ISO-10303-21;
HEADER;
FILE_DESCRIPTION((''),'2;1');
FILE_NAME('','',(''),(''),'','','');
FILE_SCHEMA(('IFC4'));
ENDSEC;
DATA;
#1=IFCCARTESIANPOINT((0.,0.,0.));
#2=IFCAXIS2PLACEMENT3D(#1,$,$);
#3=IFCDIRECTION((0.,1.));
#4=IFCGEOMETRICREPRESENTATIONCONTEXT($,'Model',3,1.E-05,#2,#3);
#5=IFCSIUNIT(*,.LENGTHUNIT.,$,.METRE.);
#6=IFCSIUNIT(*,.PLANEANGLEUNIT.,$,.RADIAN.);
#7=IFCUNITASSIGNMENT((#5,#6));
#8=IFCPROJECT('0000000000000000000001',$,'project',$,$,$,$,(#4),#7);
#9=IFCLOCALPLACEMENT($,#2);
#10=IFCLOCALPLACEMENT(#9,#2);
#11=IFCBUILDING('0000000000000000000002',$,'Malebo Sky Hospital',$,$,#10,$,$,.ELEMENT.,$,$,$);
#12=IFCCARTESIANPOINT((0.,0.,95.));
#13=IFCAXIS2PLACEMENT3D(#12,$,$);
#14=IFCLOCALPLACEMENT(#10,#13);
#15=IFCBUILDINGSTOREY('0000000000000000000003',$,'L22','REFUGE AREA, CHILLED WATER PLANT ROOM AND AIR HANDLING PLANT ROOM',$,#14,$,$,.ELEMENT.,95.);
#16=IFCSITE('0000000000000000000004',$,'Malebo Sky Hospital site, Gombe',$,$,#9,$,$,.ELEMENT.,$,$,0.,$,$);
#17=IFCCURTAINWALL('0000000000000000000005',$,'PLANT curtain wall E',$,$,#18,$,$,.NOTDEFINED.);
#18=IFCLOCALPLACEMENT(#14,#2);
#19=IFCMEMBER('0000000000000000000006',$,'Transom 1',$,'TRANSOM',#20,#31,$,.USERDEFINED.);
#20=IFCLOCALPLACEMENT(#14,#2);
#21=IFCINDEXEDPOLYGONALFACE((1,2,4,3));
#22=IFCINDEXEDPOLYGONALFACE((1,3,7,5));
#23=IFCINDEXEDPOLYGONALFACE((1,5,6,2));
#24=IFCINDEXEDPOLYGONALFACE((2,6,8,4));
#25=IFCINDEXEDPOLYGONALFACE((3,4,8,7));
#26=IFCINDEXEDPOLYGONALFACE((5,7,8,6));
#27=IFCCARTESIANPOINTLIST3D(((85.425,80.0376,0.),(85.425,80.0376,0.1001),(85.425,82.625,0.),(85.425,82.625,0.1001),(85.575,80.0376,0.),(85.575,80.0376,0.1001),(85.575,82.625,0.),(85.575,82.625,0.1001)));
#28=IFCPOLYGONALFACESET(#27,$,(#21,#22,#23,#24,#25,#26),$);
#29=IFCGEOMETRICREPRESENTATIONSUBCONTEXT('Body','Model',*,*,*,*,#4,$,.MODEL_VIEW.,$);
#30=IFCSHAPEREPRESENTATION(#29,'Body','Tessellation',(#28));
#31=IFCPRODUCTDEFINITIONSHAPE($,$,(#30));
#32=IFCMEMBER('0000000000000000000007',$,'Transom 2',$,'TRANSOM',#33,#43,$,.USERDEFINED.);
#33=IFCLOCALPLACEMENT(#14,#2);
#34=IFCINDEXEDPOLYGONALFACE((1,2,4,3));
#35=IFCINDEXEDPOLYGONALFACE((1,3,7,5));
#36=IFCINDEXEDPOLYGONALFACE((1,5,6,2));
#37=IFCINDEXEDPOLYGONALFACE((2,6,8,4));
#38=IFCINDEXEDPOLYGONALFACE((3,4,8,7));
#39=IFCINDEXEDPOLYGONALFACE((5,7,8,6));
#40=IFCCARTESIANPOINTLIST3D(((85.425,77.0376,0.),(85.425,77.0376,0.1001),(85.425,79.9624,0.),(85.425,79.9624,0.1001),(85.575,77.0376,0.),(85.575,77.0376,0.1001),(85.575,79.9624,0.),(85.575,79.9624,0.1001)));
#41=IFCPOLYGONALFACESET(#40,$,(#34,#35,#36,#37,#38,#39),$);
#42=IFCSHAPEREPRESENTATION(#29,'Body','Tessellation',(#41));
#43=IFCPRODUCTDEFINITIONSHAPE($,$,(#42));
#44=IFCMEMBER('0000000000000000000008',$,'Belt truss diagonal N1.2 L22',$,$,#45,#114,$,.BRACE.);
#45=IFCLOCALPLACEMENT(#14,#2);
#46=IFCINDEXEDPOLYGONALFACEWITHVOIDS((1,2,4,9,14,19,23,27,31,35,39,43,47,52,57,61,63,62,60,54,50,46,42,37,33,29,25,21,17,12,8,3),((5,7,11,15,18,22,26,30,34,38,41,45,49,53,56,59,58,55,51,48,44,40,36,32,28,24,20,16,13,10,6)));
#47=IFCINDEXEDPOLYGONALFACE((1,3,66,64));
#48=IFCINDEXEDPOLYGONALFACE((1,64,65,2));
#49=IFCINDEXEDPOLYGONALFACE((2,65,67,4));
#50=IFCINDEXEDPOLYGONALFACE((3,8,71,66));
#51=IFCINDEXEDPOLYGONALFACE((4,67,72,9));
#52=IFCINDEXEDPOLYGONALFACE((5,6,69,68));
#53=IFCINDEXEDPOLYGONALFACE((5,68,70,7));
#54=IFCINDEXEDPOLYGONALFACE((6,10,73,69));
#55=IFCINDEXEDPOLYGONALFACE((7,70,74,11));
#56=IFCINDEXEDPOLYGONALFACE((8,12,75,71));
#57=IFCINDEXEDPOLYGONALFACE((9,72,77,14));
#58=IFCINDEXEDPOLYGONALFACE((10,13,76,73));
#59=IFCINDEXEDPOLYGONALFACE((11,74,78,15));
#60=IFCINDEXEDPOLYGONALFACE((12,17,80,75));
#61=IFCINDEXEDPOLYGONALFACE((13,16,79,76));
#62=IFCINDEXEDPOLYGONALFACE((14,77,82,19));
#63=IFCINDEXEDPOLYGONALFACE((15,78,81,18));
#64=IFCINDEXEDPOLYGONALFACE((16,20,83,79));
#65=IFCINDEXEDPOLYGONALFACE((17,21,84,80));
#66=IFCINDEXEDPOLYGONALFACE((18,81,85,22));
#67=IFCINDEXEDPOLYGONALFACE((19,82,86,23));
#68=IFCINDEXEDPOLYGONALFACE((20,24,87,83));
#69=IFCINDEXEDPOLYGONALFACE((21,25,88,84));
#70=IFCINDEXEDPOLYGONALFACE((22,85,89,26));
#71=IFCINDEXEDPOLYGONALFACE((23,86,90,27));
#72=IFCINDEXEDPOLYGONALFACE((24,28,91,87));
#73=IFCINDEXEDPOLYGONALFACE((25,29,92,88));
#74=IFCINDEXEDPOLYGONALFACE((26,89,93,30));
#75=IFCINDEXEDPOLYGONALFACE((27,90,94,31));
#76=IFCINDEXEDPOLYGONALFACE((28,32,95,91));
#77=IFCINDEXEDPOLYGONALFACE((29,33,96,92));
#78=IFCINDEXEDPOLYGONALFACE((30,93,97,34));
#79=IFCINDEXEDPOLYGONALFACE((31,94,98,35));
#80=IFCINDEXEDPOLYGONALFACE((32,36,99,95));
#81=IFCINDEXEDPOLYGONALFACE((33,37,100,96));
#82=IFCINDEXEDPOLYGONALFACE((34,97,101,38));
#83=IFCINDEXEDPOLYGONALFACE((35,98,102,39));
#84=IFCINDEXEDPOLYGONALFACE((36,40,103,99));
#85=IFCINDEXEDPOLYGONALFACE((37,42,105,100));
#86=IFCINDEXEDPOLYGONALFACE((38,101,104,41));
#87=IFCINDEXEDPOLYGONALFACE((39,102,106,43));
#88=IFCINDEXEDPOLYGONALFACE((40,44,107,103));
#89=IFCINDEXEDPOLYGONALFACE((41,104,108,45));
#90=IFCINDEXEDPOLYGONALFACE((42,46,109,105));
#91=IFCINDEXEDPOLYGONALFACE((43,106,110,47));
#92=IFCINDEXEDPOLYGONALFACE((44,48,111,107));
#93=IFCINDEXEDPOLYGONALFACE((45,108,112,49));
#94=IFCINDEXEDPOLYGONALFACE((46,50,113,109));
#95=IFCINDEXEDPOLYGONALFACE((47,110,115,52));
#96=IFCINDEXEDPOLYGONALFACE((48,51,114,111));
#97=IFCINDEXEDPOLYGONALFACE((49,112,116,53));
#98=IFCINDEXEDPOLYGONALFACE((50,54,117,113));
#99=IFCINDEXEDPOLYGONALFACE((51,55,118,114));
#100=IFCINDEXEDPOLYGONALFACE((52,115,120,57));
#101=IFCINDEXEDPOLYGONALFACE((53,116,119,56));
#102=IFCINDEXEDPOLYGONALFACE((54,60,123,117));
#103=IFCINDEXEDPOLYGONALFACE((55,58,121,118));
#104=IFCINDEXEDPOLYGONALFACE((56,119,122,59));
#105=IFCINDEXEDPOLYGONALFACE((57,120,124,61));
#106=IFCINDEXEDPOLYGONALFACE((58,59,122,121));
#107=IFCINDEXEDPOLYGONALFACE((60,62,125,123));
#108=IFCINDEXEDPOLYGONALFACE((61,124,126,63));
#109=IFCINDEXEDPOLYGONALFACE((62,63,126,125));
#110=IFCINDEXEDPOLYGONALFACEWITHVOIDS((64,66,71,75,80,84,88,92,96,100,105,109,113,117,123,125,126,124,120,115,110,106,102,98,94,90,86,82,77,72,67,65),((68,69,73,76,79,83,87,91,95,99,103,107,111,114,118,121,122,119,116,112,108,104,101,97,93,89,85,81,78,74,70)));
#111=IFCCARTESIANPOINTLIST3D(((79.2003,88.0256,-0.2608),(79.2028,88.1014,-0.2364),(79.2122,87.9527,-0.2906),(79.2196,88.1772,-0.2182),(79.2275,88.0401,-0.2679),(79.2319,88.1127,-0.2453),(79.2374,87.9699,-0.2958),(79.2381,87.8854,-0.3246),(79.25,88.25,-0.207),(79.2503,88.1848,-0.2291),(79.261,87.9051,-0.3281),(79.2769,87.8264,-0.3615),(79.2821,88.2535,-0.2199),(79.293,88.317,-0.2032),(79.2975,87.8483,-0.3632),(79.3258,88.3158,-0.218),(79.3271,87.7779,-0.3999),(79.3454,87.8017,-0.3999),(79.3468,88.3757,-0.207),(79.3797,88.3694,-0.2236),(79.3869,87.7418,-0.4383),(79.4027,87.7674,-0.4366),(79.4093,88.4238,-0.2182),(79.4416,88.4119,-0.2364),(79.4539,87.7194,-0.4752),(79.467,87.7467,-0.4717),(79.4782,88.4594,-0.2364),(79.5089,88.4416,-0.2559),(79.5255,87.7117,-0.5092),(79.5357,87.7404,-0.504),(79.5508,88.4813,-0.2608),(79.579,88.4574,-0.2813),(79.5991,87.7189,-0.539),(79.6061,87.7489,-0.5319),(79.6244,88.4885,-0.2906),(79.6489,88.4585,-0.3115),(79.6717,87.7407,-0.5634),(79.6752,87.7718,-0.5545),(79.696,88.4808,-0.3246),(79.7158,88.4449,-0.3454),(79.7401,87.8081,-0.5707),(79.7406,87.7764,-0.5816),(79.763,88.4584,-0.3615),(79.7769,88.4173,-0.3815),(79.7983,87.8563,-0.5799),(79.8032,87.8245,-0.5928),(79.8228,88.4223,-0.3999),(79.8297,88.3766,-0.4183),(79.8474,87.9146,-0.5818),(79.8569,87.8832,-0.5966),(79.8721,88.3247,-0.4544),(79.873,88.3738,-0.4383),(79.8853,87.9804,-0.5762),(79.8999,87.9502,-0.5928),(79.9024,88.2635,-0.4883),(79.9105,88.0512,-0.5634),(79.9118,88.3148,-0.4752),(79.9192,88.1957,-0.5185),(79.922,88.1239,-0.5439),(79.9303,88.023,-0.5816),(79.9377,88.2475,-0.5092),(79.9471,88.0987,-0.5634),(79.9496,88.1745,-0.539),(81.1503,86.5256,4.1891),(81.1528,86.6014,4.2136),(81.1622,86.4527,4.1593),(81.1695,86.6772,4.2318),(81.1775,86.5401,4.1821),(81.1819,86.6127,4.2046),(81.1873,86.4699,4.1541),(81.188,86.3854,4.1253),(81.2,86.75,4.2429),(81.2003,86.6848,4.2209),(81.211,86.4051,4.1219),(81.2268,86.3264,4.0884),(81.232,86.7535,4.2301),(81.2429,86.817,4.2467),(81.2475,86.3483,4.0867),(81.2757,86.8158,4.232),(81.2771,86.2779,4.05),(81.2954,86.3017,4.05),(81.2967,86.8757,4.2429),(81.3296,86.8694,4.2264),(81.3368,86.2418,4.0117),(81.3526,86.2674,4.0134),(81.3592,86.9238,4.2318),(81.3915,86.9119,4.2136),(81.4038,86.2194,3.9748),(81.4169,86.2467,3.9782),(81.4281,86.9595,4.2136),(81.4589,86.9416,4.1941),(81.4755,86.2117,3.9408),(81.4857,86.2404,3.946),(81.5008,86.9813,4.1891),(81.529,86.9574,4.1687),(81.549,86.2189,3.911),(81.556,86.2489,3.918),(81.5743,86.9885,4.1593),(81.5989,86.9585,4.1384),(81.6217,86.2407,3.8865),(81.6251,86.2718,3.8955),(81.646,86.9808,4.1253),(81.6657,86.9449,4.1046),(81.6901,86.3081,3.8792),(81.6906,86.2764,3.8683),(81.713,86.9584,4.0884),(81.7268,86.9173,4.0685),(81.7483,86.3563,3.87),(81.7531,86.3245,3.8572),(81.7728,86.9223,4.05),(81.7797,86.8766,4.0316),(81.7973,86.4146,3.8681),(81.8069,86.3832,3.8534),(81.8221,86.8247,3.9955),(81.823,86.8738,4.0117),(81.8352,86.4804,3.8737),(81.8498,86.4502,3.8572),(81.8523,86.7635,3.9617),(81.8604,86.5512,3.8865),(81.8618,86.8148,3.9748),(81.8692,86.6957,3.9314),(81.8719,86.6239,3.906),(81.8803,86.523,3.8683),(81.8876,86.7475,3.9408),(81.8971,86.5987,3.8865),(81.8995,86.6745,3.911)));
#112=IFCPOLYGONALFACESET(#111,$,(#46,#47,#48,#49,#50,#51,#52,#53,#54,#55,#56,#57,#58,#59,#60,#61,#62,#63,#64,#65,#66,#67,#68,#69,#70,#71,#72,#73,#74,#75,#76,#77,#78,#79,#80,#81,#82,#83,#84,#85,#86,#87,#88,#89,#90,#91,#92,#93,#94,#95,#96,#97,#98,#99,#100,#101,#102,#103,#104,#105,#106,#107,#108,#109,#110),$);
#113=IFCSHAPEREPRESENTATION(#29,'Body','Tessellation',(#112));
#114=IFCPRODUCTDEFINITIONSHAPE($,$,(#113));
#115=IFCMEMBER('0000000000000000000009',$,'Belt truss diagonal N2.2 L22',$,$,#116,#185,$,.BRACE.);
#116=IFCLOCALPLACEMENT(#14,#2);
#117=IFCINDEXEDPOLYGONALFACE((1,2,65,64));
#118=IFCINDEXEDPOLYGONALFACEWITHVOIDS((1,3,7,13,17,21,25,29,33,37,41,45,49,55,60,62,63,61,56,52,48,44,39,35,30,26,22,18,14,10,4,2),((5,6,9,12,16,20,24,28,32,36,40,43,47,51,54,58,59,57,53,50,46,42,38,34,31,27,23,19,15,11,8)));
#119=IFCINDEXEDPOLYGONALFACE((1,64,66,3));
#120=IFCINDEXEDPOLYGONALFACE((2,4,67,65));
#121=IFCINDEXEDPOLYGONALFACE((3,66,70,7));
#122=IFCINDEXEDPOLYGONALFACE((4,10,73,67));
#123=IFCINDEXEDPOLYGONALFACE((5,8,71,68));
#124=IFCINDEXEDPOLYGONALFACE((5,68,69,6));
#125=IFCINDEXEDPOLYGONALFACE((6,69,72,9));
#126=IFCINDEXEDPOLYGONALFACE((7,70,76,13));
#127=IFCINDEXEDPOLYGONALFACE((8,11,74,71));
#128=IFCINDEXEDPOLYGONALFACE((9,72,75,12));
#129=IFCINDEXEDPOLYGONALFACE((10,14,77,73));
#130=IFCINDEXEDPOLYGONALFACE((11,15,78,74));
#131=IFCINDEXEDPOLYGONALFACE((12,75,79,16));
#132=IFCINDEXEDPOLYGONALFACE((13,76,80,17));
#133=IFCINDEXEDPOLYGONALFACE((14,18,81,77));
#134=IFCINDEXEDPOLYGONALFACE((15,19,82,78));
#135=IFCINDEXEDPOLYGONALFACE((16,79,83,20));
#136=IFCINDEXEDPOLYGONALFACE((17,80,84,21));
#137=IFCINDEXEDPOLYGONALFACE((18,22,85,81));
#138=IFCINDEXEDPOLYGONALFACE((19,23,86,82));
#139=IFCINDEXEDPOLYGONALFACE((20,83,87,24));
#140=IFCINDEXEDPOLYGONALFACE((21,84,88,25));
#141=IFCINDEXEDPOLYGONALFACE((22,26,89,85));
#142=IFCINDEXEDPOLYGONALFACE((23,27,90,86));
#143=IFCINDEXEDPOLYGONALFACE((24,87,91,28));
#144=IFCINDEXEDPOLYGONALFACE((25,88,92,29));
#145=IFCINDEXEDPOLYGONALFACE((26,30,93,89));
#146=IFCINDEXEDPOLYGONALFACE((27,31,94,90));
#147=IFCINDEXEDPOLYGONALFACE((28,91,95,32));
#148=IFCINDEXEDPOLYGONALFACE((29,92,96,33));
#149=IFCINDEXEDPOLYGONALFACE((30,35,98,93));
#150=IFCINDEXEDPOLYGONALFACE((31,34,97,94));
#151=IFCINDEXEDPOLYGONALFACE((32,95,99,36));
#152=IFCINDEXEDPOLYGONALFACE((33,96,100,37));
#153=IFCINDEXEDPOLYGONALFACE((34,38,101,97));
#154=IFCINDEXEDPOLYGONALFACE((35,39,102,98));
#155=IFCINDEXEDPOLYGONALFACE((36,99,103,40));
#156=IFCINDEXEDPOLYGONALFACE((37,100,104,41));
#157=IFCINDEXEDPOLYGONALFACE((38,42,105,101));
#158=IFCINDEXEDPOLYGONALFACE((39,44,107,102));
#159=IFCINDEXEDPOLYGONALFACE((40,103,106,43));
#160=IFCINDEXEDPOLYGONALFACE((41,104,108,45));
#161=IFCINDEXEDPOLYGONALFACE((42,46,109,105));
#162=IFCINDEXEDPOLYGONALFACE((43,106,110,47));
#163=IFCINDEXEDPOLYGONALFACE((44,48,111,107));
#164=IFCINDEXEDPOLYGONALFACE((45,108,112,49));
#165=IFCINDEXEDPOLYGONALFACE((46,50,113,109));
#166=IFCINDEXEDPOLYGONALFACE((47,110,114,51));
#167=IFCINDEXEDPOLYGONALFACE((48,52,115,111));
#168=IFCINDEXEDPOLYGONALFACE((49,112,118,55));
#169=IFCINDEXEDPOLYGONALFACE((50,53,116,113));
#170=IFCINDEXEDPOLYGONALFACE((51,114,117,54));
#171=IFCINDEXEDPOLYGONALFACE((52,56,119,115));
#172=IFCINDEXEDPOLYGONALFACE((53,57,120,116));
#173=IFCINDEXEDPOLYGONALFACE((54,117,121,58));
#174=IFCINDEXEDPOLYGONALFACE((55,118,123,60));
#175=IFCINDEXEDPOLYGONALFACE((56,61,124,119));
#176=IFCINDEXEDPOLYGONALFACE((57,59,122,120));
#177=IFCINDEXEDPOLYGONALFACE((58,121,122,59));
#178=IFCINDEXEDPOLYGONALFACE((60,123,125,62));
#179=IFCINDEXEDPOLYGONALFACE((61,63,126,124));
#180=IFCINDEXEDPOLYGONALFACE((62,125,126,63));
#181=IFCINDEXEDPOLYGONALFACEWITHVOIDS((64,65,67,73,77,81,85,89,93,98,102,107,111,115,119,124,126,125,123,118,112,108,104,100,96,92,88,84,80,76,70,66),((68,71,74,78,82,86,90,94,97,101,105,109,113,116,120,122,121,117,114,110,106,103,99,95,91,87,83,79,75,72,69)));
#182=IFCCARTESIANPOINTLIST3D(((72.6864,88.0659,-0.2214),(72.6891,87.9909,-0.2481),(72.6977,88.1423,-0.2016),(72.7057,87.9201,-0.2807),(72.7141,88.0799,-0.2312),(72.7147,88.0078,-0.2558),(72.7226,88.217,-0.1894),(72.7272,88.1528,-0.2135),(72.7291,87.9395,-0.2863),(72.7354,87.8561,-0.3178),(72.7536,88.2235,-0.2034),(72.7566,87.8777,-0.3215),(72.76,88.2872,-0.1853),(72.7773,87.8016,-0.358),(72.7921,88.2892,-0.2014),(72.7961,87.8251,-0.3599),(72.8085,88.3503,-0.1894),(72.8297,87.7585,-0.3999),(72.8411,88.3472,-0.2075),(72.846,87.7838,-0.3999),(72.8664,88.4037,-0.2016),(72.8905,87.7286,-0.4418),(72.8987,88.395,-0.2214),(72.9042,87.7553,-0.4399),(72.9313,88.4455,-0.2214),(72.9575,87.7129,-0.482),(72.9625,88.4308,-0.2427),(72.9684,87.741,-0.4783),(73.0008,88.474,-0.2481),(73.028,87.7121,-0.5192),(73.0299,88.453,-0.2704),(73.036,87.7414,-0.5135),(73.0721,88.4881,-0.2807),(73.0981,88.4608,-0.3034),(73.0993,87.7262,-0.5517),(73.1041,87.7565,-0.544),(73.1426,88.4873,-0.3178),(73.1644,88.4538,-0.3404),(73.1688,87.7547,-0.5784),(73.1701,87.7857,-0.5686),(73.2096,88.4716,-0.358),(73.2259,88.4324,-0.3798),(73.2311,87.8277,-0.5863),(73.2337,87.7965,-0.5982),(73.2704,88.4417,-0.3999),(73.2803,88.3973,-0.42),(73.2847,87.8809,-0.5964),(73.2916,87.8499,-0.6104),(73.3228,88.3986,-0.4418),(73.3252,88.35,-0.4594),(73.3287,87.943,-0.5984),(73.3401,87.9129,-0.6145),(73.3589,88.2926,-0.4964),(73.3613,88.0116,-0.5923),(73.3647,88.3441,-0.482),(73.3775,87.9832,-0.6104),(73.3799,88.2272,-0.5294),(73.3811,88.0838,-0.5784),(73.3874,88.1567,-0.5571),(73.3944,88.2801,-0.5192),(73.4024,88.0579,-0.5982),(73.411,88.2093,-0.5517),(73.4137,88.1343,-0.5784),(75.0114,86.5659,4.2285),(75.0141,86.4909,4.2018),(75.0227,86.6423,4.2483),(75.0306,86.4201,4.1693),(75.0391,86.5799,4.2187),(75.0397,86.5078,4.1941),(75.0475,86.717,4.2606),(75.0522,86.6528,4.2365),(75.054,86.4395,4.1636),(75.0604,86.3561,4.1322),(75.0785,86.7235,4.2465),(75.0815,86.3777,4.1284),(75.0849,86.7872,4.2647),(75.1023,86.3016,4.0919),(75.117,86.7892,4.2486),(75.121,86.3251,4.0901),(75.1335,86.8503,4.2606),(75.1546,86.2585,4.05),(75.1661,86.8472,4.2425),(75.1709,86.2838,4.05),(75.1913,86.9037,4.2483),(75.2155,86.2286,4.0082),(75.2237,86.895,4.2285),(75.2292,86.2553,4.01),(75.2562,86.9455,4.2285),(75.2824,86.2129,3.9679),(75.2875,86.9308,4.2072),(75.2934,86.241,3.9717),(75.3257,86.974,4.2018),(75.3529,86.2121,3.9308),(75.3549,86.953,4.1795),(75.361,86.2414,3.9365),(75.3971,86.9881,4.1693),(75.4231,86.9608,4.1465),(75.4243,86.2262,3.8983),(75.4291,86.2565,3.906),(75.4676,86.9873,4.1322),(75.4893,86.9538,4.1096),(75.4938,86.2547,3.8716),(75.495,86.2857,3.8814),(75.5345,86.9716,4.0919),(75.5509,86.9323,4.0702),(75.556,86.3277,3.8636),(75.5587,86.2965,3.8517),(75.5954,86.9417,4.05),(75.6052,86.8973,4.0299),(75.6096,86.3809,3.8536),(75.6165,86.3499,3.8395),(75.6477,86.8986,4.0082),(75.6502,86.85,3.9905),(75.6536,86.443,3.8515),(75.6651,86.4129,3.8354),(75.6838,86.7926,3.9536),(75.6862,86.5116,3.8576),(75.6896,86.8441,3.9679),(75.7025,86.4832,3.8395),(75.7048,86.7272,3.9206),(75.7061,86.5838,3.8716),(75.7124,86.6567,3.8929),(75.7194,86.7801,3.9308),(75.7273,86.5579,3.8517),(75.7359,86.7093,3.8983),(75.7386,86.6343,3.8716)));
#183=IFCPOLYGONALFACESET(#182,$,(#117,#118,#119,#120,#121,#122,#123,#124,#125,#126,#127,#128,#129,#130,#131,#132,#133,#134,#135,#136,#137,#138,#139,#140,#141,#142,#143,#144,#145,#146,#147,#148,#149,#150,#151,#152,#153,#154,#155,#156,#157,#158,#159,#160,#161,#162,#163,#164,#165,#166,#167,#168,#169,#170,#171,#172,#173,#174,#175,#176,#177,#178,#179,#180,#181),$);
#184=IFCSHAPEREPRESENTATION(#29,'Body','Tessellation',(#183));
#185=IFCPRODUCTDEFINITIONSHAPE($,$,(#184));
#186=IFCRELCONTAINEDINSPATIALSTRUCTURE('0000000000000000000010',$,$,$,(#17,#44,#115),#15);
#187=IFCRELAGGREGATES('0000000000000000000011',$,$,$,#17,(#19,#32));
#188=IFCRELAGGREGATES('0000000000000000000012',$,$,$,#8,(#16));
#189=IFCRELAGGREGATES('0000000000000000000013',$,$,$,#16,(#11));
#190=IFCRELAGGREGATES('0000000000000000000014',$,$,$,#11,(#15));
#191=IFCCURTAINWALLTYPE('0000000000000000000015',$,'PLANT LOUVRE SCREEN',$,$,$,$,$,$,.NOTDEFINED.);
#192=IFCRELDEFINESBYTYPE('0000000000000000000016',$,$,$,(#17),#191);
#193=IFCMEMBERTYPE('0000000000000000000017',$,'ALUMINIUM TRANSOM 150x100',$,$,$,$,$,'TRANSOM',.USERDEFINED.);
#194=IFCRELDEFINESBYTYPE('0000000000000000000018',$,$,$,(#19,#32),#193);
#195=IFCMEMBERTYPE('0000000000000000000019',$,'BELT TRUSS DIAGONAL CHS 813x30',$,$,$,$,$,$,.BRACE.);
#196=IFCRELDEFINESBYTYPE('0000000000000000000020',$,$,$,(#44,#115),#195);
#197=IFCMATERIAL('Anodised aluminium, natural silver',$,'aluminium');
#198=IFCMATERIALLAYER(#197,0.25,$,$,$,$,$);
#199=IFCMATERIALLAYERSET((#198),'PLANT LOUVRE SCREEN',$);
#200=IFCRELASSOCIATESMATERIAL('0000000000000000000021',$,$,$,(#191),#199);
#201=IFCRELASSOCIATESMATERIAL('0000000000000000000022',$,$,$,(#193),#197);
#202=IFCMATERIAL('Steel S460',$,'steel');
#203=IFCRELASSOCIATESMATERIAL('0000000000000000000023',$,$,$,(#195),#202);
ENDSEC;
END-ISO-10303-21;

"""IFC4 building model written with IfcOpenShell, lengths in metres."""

from ifc_helpers import new_model, si_unit, direction, frame, origin, origin_2d, place, context, subcontext, project, spatial, rectangle, hollow_circle, extrude, material, layer, layer_set, material_profile, profile_set, type_object, element, aggregate, save


model = new_model("IFC4")

# Units and contexts
model_context = context("Model", 3, precision=1e-05, world=origin(), true_north=direction((0.0, 1.0)))
body_context = subcontext(model_context, "Body", "Model", "MODEL_VIEW")
ifc_project = project(units=[si_unit("LENGTHUNIT", "METRE"), si_unit("PLANEANGLEUNIT", "RADIAN")], contexts=[model_context])

# Site, building, storey
site_placement = place(None, origin())
site = spatial("IfcSite", under=ifc_project, at=site_placement, Name="Malebo Sky Hospital site, Gombe", CompositionType="ELEMENT", RefElevation=0.0)
building_placement = place(site_placement, origin())
building = spatial("IfcBuilding", under=site, at=building_placement, Name="Malebo Sky Hospital", CompositionType="ELEMENT")
storey_placement = place(building_placement, frame((0.0, 0.0, 95.0)))
storey = spatial("IfcBuildingStorey", under=building, at=storey_placement, Name="L22", Description="REFUGE AREA, CHILLED WATER PLANT ROOM AND AIR HANDLING PLANT ROOM", CompositionType="ELEMENT", Elevation=95.0)

# Curtain wall, members
ifc_material_1 = material(Name="Anodised aluminium, natural silver", Category="aluminium")
ifc_layer_1 = layer(ifc_material_1, 0.25)
ifc_layer_set_1 = layer_set([ifc_layer_1], Name="PLANT LOUVRE SCREEN")
curtain_wall_type = type_object("IfcCurtainWallType", Name="PLANT LOUVRE SCREEN", PredefinedType="NOTDEFINED", material=ifc_layer_set_1)
curtain_wall_1_placement = place(storey_placement, origin())
curtain_wall_1 = element("IfcCurtainWall", 1, at=curtain_wall_1_placement, inside=storey, type_object=curtain_wall_type, Name="PLANT curtain wall E", PredefinedType="NOTDEFINED")
ifc_material_profile_1 = material_profile(ifc_material_1, rectangle(XDim=0.1499, YDim=0.1001, at=origin_2d()), Name="ALUMINIUM TRANSOM 150x100")
ifc_profile_set_1 = profile_set([ifc_material_profile_1], Name="Anodised aluminium, natural silver")
member_type_1 = type_object("IfcMemberType", Name="ALUMINIUM TRANSOM 150x100", ElementType="TRANSOM", PredefinedType="USERDEFINED", material=ifc_profile_set_1)
member_1_placement = place(storey_placement, frame((85.5, 82.625, 0.05), z_axis=(0.0, -1.0, 0.0), x_axis=(1.0, 0.0, 0.0)))
member_1 = element("IfcMember", 2, at=member_1_placement, type_object=member_type_1, Name="Transom 1", ObjectType="TRANSOM", PredefinedType="USERDEFINED", context=body_context, shape_type="SweptSolid", body=[
    extrude(rectangle(XDim=0.1499, YDim=0.1001, at=origin_2d()), origin(), (0.0, 0.0, 1.0), 2.5874),
])
member_2_placement = place(storey_placement, frame((85.5, 79.9624, 0.05), z_axis=(0.0, -1.0, 0.0), x_axis=(1.0, 0.0, 0.0)))
member_2 = element("IfcMember", 3, at=member_2_placement, type_object=member_type_1, Name="Transom 2", ObjectType="TRANSOM", PredefinedType="USERDEFINED", context=body_context, shape_type="SweptSolid", body=[
    extrude(rectangle(XDim=0.1499, YDim=0.1001, at=origin_2d()), origin(), (0.0, 0.0, 1.0), 2.9248),
])

# Members
ifc_material_2 = material(Name="Steel S460", Category="steel")
ifc_material_profile_2 = material_profile(ifc_material_2, hollow_circle(Radius=0.4065, WallThickness=0.03, at=origin_2d()), Name="CHS 813x30")
ifc_profile_set_2 = profile_set([ifc_material_profile_2], Name="Steel S460")
member_type_2 = type_object("IfcMemberType", Name="BELT TRUSS DIAGONAL CHS 813x30", PredefinedType="BRACE", material=ifc_profile_set_2)
member_3_placement = place(storey_placement, frame((81.5249, 86.6001, 4.05), z_axis=(-0.383492, 0.295002, -0.875162), x_axis=(-0.60972, -0.792617, 0.0)))
element("IfcMember", 4, at=member_3_placement, inside=storey, type_object=member_type_2, Name="Belt truss diagonal N1.2 L22", PredefinedType="BRACE", context=body_context, shape_type="SweptSolid", body=[
    extrude(hollow_circle(Radius=0.4065, WallThickness=0.03, at=origin_2d()), origin(), (0.0, 0.0, 1.0), 5.0847),
])
member_4_placement = place(storey_placement, frame((75.375, 86.6001, 4.05), z_axis=(-0.443694, 0.28626, -0.849229), x_axis=(-0.542135, -0.840291, 0.0)))
element("IfcMember", 5, at=member_4_placement, inside=storey, type_object=member_type_2, Name="Belt truss diagonal N2.2 L22", PredefinedType="BRACE", context=body_context, shape_type="SweptSolid", body=[
    extrude(hollow_circle(Radius=0.4065, WallThickness=0.03, at=origin_2d()), origin(), (0.0, 0.0, 1.0), 5.24),
])

aggregate(curtain_wall_1, [member_1, member_2])

save(model, "model.ifc")
